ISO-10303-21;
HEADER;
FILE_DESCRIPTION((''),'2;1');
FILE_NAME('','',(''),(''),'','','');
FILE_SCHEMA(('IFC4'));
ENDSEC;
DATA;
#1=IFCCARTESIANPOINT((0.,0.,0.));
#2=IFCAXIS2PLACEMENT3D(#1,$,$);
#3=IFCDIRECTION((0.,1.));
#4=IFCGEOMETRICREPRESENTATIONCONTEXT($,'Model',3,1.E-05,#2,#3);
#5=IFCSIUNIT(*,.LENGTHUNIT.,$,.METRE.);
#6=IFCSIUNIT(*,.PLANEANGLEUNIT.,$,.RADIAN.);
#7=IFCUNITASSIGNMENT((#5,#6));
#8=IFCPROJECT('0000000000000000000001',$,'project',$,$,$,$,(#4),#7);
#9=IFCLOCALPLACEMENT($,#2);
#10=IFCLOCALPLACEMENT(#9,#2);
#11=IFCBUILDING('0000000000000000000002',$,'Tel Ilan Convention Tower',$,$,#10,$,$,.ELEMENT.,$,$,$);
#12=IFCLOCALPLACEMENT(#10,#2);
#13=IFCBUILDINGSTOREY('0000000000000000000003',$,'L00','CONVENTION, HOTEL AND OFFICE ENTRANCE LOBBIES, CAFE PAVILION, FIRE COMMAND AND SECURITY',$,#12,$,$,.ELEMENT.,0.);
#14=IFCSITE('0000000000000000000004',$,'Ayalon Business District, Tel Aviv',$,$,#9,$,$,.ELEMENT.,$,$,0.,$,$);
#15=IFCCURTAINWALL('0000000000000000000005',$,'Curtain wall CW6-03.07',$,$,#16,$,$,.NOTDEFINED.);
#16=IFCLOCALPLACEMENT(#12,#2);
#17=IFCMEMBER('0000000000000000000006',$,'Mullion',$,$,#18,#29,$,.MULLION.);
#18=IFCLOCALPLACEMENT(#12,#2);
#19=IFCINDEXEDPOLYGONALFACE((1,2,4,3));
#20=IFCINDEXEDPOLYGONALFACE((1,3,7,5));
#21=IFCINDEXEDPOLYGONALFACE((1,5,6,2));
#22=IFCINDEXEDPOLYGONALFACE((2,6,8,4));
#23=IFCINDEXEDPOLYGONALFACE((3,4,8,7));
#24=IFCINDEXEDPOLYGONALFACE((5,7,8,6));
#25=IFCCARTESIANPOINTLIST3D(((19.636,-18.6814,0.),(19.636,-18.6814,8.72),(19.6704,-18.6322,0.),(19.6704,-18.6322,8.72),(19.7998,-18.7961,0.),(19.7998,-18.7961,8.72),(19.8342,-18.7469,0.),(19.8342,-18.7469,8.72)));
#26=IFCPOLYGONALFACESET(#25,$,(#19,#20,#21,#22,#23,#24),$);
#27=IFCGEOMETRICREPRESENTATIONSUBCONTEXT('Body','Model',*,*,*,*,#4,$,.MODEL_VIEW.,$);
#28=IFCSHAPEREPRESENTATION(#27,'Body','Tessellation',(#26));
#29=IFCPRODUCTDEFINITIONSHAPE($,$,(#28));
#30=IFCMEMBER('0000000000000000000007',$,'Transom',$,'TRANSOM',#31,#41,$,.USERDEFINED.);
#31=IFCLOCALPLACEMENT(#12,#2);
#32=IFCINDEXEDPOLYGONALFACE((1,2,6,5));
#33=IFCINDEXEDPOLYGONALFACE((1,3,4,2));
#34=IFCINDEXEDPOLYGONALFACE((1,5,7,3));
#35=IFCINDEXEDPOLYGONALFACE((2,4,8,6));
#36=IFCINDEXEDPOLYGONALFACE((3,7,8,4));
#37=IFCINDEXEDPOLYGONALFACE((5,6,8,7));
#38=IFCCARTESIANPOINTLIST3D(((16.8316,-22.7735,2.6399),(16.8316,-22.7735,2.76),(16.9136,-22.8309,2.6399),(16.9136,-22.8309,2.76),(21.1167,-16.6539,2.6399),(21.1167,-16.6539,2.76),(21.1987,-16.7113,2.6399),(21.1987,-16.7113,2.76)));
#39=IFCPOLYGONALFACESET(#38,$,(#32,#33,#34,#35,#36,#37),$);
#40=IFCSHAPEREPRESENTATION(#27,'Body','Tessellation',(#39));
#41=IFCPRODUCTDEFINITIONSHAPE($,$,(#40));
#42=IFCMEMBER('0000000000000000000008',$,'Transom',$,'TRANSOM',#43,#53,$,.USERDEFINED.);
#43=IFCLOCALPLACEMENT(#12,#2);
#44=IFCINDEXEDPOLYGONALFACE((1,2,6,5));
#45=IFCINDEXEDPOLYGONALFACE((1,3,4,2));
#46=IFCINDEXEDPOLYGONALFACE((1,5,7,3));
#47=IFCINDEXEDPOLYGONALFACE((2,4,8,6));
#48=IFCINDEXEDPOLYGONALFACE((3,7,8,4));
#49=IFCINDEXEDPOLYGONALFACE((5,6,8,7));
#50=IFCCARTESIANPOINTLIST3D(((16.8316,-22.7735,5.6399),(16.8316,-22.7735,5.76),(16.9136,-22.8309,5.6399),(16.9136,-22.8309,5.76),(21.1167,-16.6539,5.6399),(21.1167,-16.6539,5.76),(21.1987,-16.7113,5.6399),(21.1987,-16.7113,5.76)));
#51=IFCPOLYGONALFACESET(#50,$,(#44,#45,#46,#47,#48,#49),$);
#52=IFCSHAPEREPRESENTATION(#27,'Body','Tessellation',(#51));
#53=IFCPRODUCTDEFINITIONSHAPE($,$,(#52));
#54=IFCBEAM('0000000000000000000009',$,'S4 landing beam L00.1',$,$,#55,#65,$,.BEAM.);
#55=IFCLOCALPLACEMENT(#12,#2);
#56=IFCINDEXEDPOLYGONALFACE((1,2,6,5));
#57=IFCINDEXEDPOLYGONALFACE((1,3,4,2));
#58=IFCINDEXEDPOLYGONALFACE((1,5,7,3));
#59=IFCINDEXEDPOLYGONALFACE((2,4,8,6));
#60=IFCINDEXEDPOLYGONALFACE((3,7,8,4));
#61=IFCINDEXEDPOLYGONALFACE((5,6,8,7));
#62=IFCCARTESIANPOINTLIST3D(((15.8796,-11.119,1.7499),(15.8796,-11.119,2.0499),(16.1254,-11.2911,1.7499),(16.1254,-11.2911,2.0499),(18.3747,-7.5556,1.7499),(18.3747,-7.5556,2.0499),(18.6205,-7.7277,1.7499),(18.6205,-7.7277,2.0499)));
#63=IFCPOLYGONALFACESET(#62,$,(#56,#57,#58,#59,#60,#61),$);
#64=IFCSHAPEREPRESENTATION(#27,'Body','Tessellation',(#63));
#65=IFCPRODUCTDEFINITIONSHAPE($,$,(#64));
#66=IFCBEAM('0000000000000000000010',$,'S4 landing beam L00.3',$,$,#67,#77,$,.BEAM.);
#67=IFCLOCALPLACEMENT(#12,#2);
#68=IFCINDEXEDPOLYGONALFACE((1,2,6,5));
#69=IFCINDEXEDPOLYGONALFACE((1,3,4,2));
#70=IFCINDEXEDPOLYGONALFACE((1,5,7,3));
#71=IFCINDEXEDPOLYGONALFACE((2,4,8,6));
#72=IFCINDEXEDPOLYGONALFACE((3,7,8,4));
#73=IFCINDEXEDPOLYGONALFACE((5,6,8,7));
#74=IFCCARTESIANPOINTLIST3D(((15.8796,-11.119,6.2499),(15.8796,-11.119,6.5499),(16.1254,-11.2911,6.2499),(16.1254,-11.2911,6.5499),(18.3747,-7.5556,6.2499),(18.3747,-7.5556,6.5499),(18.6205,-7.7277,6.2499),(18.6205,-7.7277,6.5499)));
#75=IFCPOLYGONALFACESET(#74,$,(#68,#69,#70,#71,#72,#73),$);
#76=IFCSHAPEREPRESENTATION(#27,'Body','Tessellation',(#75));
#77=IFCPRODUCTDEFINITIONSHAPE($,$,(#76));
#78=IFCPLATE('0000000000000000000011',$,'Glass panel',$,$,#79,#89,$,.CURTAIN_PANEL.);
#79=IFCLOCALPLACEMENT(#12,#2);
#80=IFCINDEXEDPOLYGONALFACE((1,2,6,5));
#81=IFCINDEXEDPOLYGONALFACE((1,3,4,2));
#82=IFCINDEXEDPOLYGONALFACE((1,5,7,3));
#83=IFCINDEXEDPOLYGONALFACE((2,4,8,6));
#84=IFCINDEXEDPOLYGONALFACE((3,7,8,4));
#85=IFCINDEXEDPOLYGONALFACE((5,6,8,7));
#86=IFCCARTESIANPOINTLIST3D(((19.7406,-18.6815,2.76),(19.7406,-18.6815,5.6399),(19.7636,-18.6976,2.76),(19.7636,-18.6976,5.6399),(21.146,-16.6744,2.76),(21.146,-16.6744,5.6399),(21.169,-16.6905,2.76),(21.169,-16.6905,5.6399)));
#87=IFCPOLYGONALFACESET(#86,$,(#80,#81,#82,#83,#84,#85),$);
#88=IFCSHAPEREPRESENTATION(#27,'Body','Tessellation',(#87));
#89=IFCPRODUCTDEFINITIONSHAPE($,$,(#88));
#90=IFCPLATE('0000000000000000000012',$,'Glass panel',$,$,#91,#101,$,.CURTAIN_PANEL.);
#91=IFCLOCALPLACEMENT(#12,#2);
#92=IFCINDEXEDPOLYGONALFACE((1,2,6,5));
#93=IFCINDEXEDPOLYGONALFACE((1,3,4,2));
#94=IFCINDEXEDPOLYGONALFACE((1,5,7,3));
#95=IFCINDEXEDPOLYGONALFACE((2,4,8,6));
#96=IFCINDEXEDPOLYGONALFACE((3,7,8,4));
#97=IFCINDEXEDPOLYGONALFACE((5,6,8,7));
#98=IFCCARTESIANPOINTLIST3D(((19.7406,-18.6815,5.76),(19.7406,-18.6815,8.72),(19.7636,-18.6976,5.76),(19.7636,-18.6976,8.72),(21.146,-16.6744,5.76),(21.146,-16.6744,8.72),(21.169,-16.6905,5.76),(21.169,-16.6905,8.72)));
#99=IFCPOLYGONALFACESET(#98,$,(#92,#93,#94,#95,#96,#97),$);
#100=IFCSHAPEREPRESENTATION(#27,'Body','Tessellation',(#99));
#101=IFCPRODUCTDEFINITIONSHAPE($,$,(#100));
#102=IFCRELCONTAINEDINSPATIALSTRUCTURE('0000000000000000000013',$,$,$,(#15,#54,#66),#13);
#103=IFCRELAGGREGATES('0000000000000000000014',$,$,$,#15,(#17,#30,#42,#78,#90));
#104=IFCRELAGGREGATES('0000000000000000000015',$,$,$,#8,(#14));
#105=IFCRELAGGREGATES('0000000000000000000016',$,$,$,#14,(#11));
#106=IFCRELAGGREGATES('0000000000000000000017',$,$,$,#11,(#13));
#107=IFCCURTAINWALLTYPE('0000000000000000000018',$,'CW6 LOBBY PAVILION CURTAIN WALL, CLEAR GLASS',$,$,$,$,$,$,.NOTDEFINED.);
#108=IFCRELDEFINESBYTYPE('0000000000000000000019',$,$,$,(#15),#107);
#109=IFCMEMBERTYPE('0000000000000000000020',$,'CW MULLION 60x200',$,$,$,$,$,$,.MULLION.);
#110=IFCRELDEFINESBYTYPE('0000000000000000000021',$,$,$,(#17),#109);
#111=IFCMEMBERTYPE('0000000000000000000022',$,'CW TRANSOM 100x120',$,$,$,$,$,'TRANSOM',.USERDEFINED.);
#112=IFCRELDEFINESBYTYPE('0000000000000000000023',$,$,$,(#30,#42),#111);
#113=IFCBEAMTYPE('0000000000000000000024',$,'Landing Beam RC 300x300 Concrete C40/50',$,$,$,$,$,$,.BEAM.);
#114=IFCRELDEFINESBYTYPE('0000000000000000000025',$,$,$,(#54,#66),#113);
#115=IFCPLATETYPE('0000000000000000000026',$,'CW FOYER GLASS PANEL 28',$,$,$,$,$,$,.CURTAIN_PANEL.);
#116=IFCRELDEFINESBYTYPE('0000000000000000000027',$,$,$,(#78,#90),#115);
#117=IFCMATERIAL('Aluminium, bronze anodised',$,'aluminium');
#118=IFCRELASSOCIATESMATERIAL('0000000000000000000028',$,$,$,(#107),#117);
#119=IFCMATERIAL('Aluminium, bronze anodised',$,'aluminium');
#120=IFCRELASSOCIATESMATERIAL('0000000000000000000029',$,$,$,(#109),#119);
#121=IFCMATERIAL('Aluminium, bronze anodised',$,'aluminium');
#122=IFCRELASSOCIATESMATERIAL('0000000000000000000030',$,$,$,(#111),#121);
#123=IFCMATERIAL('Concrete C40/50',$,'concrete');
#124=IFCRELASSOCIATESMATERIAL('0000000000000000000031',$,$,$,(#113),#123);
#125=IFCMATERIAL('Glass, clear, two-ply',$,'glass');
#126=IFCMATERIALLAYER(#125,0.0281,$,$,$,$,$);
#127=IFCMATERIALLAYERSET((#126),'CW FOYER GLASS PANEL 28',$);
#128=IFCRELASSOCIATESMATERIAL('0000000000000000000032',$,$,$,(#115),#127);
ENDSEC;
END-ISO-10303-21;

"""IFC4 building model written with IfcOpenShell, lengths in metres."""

from ifc_helpers import new_model, si_unit, direction, frame, origin, origin_2d, place, context, subcontext, project, spatial, rectangle, extrude, material, layer, layer_set, material_profile, profile_set, type_object, element, aggregate, save


model = new_model("IFC4")

# Units and contexts
model_context = context("Model", 3, precision=1e-05, world=origin(), true_north=direction((0.0, 1.0)))
body_context = subcontext(model_context, "Body", "Model", "MODEL_VIEW")
ifc_project = project(units=[si_unit("LENGTHUNIT", "METRE"), si_unit("PLANEANGLEUNIT", "RADIAN")], contexts=[model_context])

# Site, building, storey
site_placement = place(None, origin())
site = spatial("IfcSite", under=ifc_project, at=site_placement, Name="Ayalon Business District, Tel Aviv", CompositionType="ELEMENT", RefElevation=0.0)
building_placement = place(site_placement, origin())
building = spatial("IfcBuilding", under=site, at=building_placement, Name="Tel Ilan Convention Tower", CompositionType="ELEMENT")
storey_placement = place(building_placement, origin())
storey = spatial("IfcBuildingStorey", under=building, at=storey_placement, Name="L00", Description="CONVENTION, HOTEL AND OFFICE ENTRANCE LOBBIES, CAFE PAVILION, FIRE COMMAND AND SECURITY", CompositionType="ELEMENT", Elevation=0.0)

# Curtain wall, members
ifc_material_1 = material(Name="Aluminium, bronze anodised", Category="aluminium")
curtain_wall_type = type_object("IfcCurtainWallType", Name="CW6 LOBBY PAVILION CURTAIN WALL, CLEAR GLASS", PredefinedType="NOTDEFINED", material=ifc_material_1)
curtain_wall_placement = place(storey_placement, origin())
curtain_wall = element("IfcCurtainWall", 1, at=curtain_wall_placement, inside=storey, type_object=curtain_wall_type, Name="Curtain wall CW6-03.07", PredefinedType="NOTDEFINED")
ifc_material_2 = material(Name="Aluminium, bronze anodised", Category="aluminium")
ifc_material_profile_1 = material_profile(ifc_material_2, rectangle(XDim=0.0601, YDim=0.2, at=origin_2d()), Name="CW MULLION 60x200")
ifc_profile_set_1 = profile_set([ifc_material_profile_1], Name="Aluminium, bronze anodised")
member_type_1 = type_object("IfcMemberType", Name="CW MULLION 60x200", PredefinedType="MULLION", material=ifc_profile_set_1)
member_1_placement = place(storey_placement, frame((19.7351, -18.7141, 0.0), z_axis=(0.0, 0.0, 1.0), x_axis=(-0.573576, -0.819152, 0.0)))
member_1 = element("IfcMember", 2, at=member_1_placement, type_object=member_type_1, Name="Mullion", PredefinedType="MULLION", context=body_context, shape_type="SweptSolid", body=[
    extrude(rectangle(XDim=0.0601, YDim=0.2, at=origin_2d()), origin(), (0.0, 0.0, 1.0), 8.72),
])
ifc_material_3 = material(Name="Aluminium, bronze anodised", Category="aluminium")
ifc_material_profile_2 = material_profile(ifc_material_3, rectangle(XDim=0.1001, YDim=0.1201, at=origin_2d()), Name="CW TRANSOM 100x120")
ifc_profile_set_2 = profile_set([ifc_material_profile_2], Name="Aluminium, bronze anodised")
member_type_2 = type_object("IfcMemberType", Name="CW TRANSOM 100x120", ElementType="TRANSOM", PredefinedType="USERDEFINED", material=ifc_profile_set_2)
member_2_placement = place(storey_placement, frame((21.1577, -16.6826, 2.7), z_axis=(-0.57359, -0.819143, 0.0), x_axis=(0.819143, -0.57359, 0.0)))
member_2 = element("IfcMember", 3, at=member_2_placement, type_object=member_type_2, Name="Transom", ObjectType="TRANSOM", PredefinedType="USERDEFINED", context=body_context, shape_type="SweptSolid", body=[
    extrude(rectangle(XDim=0.1001, YDim=0.1201, at=origin_2d()), origin(), (0.0, 0.0, 1.0), 7.4707),
])
member_3_placement = place(storey_placement, frame((21.1577, -16.6826, 5.7), z_axis=(-0.57359, -0.819143, 0.0), x_axis=(0.819143, -0.57359, 0.0)))
member_3 = element("IfcMember", 4, at=member_3_placement, type_object=member_type_2, Name="Transom", ObjectType="TRANSOM", PredefinedType="USERDEFINED", context=body_context, shape_type="SweptSolid", body=[
    extrude(rectangle(XDim=0.1001, YDim=0.1201, at=origin_2d()), origin(), (0.0, 0.0, 1.0), 7.4707),
])

# Beams
ifc_material_4 = material(Name="Concrete C40/50", Category="concrete")
ifc_material_profile_3 = material_profile(ifc_material_4, rectangle(XDim=0.3, YDim=0.3, at=origin_2d()), Name="RC 300x300")
ifc_profile_set_3 = profile_set([ifc_material_profile_3], Name="Concrete C40/50")
beam_type = type_object("IfcBeamType", Name="Landing Beam RC 300x300 Concrete C40/50", PredefinedType="BEAM", material=ifc_profile_set_3)
for number, where, z_axis, x_axis, name in (
    (5, (18.4976, -7.6416, 1.8999), (-0.573568, -0.819158, 0.0), (0.819158, -0.573568, 0.0), "S4 landing beam L00.1"),
    (6, (18.4976, -7.6416, 6.3999), (-0.573568, -0.819158, 0.0), (0.819158, -0.573568, 0.0), "S4 landing beam L00.3"),
):
    element("IfcBeam", number, at=place(storey_placement, frame(where, z_axis=z_axis, x_axis=x_axis)), inside=storey, type_object=beam_type, Name=name, PredefinedType="BEAM", context=body_context, shape_type="SweptSolid", body=[
        extrude(rectangle(XDim=0.3, YDim=0.3, at=origin_2d()), origin(), (0.0, 0.0, 1.0), 4.3501),
    ])

# Plates
ifc_material_5 = material(Name="Glass, clear, two-ply", Category="glass")
ifc_layer_1 = layer(ifc_material_5, 0.0281)
ifc_layer_set_1 = layer_set([ifc_layer_1], Name="CW FOYER GLASS PANEL 28")
plate_type = type_object("IfcPlateType", Name="CW FOYER GLASS PANEL 28", PredefinedType="CURTAIN_PANEL", material=ifc_layer_set_1)
plate_1_placement = place(storey_placement, frame((20.4548, -17.686, 2.76), z_axis=(0.0, 0.0, 1.0), x_axis=(-0.573576, -0.819152, 0.0)))
plate_1 = element("IfcPlate", 7, at=plate_1_placement, type_object=plate_type, Name="Glass panel", PredefinedType="CURTAIN_PANEL", context=body_context, shape_type="SweptSolid", body=[
    extrude(rectangle(XDim=2.4502, YDim=0.0281, at=origin_2d()), origin(), (0.0, 0.0, 1.0), 2.8799),
])
plate_2_placement = place(storey_placement, frame((20.4548, -17.686, 5.76), z_axis=(0.0, 0.0, 1.0), x_axis=(-0.573576, -0.819152, 0.0)))
plate_2 = element("IfcPlate", 8, at=plate_2_placement, type_object=plate_type, Name="Glass panel", PredefinedType="CURTAIN_PANEL", context=body_context, shape_type="SweptSolid", body=[
    extrude(rectangle(XDim=2.4502, YDim=0.0281, at=origin_2d()), origin(), (0.0, 0.0, 1.0), 2.96),
])
aggregate(curtain_wall, [member_1, member_2, member_3, plate_1, plate_2])

save(model, "model.ifc")
